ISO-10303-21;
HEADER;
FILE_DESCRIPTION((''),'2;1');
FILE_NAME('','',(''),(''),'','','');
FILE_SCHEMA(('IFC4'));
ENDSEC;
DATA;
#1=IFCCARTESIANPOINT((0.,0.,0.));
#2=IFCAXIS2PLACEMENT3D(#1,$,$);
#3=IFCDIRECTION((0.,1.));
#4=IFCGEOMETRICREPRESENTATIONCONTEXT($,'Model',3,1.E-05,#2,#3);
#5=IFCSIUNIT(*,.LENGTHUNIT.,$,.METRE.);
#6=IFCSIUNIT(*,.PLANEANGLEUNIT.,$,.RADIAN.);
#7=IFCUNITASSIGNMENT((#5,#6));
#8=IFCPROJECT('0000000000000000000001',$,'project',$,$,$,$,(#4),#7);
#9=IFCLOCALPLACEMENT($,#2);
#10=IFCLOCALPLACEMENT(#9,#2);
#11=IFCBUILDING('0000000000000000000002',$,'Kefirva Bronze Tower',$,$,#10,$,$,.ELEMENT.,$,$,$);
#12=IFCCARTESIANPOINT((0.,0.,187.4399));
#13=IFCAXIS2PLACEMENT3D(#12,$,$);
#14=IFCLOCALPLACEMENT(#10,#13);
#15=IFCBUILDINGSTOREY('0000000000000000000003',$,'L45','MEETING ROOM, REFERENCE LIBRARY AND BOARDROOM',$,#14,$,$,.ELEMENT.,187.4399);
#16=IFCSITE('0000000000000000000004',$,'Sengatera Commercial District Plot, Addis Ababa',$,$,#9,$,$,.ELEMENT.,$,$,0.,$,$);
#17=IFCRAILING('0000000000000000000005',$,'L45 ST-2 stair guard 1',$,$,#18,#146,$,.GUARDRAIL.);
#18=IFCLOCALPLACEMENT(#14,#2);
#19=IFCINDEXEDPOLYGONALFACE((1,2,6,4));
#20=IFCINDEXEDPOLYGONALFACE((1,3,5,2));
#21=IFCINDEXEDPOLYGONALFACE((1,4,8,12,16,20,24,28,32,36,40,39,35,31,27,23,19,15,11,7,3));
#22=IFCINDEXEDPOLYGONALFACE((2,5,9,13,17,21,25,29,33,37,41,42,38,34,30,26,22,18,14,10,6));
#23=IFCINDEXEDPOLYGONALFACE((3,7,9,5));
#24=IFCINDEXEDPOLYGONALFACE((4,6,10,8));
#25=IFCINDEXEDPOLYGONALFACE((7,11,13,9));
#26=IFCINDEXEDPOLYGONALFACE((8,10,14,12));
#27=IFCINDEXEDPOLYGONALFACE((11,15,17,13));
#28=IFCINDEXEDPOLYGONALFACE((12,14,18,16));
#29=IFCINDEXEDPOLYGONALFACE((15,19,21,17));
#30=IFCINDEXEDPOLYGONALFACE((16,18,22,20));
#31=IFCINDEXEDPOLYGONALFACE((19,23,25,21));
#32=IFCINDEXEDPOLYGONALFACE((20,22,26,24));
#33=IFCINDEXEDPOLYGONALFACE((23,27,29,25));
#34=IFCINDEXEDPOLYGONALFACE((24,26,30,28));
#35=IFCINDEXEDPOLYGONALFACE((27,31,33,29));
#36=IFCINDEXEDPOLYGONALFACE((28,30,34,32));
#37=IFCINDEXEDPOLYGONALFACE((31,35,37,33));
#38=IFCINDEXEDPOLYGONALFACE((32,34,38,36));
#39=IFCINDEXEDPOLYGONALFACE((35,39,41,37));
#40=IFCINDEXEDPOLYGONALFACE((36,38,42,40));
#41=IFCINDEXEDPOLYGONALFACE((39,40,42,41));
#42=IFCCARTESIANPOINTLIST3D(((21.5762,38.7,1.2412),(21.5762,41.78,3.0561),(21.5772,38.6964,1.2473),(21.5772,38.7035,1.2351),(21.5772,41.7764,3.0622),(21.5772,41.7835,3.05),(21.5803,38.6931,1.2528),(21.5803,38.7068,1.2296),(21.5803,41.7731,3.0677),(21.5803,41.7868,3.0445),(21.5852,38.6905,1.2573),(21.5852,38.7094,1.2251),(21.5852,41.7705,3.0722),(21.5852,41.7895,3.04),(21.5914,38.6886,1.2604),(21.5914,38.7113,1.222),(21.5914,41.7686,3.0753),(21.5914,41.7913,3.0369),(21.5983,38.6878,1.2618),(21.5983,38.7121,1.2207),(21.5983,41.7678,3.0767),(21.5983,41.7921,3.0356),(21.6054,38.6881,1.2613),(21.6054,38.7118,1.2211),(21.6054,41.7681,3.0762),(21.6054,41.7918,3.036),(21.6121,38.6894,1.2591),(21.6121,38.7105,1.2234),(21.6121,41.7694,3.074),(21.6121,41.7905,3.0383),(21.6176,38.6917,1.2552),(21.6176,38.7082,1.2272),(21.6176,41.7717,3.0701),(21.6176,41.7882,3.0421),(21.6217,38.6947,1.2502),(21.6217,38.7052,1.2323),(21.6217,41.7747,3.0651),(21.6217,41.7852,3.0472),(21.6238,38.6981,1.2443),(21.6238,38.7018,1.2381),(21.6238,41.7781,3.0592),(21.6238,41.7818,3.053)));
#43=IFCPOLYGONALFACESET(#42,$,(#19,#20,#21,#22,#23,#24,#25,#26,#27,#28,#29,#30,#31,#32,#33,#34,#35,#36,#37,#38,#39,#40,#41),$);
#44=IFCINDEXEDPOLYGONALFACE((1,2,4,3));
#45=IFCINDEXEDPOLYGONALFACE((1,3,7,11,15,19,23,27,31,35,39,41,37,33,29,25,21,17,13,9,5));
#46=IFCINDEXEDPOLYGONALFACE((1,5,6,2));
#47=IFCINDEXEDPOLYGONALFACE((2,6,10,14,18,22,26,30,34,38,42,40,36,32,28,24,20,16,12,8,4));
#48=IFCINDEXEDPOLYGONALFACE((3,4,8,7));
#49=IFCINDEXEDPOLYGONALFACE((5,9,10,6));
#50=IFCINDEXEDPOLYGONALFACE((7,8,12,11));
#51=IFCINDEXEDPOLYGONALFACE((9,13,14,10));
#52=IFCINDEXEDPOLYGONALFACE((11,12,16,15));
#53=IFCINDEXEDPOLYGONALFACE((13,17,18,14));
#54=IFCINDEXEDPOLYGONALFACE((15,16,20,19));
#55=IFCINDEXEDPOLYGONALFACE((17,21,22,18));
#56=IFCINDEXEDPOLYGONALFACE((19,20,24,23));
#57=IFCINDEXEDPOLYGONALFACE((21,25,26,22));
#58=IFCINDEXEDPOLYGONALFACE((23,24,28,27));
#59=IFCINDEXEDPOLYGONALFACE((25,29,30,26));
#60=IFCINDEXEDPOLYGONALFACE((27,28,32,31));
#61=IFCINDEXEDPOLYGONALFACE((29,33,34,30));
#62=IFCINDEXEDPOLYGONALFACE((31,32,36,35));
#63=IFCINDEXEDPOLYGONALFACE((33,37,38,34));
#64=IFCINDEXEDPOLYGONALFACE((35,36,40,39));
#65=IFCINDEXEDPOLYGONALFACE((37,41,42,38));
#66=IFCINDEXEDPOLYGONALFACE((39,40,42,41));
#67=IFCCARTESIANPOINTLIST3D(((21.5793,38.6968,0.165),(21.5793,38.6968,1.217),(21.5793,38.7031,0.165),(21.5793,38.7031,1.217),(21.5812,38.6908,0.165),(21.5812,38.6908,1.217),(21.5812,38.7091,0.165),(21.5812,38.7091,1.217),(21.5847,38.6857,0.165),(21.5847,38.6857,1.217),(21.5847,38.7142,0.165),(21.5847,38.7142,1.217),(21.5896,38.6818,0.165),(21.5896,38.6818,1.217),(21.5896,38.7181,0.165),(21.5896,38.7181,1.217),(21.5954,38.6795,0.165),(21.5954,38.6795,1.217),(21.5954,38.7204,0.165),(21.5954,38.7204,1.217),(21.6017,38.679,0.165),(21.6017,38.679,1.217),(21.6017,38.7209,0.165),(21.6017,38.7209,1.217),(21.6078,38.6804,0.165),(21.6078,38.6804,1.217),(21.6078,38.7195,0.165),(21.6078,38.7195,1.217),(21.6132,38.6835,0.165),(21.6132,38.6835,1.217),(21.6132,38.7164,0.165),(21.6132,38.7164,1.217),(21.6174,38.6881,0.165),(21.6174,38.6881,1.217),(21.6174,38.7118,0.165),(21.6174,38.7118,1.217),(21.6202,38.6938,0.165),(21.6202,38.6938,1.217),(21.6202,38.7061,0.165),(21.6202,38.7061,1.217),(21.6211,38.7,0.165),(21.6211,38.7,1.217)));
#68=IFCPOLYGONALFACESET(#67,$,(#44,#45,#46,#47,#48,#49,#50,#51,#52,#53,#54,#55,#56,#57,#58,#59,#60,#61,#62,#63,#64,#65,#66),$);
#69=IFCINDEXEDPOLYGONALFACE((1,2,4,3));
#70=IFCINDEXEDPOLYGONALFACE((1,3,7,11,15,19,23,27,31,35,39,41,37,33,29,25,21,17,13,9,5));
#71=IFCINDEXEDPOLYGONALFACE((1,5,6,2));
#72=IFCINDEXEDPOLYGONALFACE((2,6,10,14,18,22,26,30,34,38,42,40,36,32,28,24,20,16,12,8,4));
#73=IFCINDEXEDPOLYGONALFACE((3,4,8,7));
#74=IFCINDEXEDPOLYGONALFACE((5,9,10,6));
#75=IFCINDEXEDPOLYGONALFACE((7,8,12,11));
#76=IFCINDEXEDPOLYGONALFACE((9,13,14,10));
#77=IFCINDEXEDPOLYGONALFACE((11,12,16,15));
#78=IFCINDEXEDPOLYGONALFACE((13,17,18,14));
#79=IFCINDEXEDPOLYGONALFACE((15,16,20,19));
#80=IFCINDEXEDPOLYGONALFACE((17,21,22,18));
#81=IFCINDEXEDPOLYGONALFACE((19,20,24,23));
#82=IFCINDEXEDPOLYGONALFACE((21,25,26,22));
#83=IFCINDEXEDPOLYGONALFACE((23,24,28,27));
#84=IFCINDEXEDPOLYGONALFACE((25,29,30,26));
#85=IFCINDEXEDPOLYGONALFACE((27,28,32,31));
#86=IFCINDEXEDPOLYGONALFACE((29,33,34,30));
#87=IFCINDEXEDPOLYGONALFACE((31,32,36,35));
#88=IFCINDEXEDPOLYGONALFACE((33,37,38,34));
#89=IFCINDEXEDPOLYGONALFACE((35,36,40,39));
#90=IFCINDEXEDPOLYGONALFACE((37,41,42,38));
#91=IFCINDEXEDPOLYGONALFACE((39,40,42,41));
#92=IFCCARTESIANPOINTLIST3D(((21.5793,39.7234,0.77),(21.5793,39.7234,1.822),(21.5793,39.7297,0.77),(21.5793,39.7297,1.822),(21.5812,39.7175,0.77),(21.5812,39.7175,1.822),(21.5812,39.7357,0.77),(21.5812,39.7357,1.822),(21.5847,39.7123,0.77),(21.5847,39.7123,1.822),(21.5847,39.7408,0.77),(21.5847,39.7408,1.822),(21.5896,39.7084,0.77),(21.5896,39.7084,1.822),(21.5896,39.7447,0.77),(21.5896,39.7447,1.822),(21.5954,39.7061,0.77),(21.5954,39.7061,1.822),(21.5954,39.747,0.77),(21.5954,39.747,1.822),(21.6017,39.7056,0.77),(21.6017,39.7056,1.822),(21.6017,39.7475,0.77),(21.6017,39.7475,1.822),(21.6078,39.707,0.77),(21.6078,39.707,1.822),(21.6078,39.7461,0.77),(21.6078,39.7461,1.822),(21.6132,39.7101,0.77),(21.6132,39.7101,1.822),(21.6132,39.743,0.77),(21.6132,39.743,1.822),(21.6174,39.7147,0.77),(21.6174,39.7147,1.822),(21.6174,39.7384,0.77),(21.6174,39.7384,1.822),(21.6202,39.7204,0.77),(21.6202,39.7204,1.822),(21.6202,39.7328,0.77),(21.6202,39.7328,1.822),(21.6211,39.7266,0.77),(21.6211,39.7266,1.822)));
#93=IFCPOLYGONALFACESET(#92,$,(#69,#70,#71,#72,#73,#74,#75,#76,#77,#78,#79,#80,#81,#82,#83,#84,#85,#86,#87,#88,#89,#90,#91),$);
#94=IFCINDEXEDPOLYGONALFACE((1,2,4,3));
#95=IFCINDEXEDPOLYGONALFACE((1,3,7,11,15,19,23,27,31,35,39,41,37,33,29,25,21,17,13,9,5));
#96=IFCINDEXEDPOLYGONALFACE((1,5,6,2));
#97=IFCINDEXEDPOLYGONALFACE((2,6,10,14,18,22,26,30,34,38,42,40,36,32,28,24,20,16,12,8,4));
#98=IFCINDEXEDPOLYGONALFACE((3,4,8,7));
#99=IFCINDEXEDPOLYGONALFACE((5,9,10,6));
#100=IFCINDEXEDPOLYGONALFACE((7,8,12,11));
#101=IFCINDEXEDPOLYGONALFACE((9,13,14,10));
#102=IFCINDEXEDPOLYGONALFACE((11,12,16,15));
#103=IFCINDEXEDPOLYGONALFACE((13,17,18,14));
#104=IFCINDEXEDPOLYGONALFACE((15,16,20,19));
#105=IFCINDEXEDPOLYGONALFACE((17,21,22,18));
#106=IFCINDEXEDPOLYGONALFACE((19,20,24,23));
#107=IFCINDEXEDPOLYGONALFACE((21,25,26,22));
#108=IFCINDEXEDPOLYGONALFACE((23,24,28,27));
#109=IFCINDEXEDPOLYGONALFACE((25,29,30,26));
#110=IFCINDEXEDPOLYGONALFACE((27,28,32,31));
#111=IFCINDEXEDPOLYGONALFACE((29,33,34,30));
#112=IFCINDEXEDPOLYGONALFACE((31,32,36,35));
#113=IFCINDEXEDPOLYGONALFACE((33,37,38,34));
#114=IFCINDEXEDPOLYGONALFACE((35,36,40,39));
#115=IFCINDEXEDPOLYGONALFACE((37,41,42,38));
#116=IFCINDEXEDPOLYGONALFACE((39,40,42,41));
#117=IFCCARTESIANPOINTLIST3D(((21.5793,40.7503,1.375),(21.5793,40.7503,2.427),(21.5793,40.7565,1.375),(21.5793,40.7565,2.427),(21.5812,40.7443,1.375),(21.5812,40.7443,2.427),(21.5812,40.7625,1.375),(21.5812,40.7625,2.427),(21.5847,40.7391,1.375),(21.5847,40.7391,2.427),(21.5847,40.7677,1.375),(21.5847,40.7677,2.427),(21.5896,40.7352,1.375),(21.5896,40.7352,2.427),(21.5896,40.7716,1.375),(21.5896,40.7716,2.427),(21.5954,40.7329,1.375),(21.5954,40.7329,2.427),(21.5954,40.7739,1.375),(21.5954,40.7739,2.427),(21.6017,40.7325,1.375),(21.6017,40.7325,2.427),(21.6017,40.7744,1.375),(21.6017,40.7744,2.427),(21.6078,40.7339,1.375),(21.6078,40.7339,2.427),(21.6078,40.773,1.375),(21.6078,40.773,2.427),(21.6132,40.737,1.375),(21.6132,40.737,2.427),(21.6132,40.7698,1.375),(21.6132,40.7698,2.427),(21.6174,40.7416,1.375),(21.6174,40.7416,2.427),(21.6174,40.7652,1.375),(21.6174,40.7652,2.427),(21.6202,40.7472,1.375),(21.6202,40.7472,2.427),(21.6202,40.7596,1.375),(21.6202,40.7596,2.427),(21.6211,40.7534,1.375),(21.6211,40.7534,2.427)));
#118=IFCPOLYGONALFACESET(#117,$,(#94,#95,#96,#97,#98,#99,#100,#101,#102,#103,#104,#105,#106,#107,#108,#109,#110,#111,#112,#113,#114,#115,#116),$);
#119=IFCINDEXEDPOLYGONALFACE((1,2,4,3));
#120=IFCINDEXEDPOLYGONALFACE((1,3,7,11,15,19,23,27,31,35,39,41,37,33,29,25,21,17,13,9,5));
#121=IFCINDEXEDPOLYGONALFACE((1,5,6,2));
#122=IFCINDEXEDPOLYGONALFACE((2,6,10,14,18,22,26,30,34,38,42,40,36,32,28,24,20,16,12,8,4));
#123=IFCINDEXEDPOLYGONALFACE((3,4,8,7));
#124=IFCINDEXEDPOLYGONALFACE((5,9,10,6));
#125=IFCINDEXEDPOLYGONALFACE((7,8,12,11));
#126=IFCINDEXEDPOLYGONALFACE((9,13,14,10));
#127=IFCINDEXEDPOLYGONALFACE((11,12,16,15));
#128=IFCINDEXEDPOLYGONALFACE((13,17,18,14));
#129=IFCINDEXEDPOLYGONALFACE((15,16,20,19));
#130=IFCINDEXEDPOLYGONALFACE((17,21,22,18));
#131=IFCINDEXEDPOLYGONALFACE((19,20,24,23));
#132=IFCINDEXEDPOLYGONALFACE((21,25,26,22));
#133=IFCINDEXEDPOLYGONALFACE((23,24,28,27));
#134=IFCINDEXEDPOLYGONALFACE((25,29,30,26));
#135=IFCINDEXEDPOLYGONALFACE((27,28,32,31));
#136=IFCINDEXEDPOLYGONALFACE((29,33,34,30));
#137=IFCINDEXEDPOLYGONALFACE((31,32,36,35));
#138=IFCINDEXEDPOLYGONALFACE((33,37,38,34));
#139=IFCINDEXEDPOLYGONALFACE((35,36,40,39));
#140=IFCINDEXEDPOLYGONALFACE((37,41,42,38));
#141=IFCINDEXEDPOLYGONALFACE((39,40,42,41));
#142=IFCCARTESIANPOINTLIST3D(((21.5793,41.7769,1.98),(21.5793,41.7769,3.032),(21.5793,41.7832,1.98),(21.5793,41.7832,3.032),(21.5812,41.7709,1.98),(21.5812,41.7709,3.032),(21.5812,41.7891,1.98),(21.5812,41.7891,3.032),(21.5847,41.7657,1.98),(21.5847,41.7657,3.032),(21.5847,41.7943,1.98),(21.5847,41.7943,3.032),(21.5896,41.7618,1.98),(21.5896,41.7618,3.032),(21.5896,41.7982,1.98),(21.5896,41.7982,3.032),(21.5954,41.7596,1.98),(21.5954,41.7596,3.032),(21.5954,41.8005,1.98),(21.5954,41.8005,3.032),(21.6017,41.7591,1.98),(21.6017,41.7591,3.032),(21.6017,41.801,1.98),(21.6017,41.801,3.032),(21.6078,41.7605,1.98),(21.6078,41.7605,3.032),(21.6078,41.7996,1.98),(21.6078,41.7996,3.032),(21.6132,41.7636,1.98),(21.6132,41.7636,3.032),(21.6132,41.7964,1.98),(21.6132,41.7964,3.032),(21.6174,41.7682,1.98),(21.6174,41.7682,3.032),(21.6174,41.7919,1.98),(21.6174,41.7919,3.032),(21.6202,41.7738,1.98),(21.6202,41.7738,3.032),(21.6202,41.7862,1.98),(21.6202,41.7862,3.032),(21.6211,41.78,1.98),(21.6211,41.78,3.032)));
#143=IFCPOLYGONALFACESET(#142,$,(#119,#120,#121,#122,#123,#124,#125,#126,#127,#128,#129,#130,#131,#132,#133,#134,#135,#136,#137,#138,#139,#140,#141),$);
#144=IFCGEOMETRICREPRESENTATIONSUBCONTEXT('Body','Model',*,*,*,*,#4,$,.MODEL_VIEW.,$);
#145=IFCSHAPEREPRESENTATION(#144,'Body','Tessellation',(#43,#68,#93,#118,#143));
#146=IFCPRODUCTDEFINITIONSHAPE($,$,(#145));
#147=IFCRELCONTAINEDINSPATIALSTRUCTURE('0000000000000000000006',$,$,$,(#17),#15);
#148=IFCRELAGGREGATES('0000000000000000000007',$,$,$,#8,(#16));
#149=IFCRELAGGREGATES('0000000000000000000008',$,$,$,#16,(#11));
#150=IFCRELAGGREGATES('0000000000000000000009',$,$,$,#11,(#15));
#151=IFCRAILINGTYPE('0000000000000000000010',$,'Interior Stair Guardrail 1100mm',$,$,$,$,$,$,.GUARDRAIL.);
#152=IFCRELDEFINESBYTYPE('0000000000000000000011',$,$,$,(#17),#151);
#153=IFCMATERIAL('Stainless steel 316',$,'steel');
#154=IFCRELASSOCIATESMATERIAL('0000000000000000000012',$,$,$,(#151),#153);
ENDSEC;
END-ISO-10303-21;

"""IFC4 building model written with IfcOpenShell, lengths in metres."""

from ifc_helpers import new_model, si_unit, direction, frame, origin, origin_2d, place, context, subcontext, project, spatial, circle, extrude, material, type_object, element, save


model = new_model("IFC4")

# Units and contexts
model_context = context("Model", 3, precision=1e-05, world=origin(), true_north=direction((0.0, 1.0)))
body_context = subcontext(model_context, "Body", "Model", "MODEL_VIEW")
ifc_project = project(units=[si_unit("LENGTHUNIT", "METRE"), si_unit("PLANEANGLEUNIT", "RADIAN")], contexts=[model_context])

# Site, building, storey
site_placement = place(None, origin())
site = spatial("IfcSite", under=ifc_project, at=site_placement, Name="Sengatera Commercial District Plot, Addis Ababa", CompositionType="ELEMENT", RefElevation=0.0)
building_placement = place(site_placement, origin())
building = spatial("IfcBuilding", under=site, at=building_placement, Name="Kefirva Bronze Tower", CompositionType="ELEMENT")
storey_placement = place(building_placement, frame((0.0, 0.0, 187.4399)))
storey = spatial("IfcBuildingStorey", under=building, at=storey_placement, Name="L45", Description="MEETING ROOM, REFERENCE LIBRARY AND BOARDROOM", CompositionType="ELEMENT", Elevation=187.4399)

# Railing
ifc_material_1 = material(Name="Stainless steel 316", Category="steel")
railing_type_1 = type_object("IfcRailingType", Name="Interior Stair Guardrail 1100mm", PredefinedType="GUARDRAIL", material=ifc_material_1)
railing_1_placement = place(storey_placement, frame((21.6001, 38.7, 0.165)))
element("IfcRailing", 1, at=railing_1_placement, inside=storey, type_object=railing_type_1, Name="L45 ST-2 stair guard 1", PredefinedType="GUARDRAIL", context=body_context, shape_type="SweptSolid", body=[
    extrude(circle(Radius=0.0239, at=origin_2d()), frame((0.0, 0.0, 1.0762), z_axis=(0.0, 0.861551, 0.507671), x_axis=(-1.0, 0.0, 0.0)), (0.0, 0.0, 1.0), 3.575),
    extrude(circle(Radius=0.021, at=origin_2d()), origin(), (0.0, 0.0, 1.0), 1.052),
    extrude(circle(Radius=0.021, at=origin_2d()), frame((0.0, 1.0266, 0.605)), (0.0, 0.0, 1.0), 1.052),
    extrude(circle(Radius=0.021, at=origin_2d()), frame((0.0, 2.0535, 1.21)), (0.0, 0.0, 1.0), 1.052),
    extrude(circle(Radius=0.021, at=origin_2d()), frame((0.0, 3.0801, 1.8149)), (0.0, 0.0, 1.0), 1.052),
])

save(model, "model.ifc")
